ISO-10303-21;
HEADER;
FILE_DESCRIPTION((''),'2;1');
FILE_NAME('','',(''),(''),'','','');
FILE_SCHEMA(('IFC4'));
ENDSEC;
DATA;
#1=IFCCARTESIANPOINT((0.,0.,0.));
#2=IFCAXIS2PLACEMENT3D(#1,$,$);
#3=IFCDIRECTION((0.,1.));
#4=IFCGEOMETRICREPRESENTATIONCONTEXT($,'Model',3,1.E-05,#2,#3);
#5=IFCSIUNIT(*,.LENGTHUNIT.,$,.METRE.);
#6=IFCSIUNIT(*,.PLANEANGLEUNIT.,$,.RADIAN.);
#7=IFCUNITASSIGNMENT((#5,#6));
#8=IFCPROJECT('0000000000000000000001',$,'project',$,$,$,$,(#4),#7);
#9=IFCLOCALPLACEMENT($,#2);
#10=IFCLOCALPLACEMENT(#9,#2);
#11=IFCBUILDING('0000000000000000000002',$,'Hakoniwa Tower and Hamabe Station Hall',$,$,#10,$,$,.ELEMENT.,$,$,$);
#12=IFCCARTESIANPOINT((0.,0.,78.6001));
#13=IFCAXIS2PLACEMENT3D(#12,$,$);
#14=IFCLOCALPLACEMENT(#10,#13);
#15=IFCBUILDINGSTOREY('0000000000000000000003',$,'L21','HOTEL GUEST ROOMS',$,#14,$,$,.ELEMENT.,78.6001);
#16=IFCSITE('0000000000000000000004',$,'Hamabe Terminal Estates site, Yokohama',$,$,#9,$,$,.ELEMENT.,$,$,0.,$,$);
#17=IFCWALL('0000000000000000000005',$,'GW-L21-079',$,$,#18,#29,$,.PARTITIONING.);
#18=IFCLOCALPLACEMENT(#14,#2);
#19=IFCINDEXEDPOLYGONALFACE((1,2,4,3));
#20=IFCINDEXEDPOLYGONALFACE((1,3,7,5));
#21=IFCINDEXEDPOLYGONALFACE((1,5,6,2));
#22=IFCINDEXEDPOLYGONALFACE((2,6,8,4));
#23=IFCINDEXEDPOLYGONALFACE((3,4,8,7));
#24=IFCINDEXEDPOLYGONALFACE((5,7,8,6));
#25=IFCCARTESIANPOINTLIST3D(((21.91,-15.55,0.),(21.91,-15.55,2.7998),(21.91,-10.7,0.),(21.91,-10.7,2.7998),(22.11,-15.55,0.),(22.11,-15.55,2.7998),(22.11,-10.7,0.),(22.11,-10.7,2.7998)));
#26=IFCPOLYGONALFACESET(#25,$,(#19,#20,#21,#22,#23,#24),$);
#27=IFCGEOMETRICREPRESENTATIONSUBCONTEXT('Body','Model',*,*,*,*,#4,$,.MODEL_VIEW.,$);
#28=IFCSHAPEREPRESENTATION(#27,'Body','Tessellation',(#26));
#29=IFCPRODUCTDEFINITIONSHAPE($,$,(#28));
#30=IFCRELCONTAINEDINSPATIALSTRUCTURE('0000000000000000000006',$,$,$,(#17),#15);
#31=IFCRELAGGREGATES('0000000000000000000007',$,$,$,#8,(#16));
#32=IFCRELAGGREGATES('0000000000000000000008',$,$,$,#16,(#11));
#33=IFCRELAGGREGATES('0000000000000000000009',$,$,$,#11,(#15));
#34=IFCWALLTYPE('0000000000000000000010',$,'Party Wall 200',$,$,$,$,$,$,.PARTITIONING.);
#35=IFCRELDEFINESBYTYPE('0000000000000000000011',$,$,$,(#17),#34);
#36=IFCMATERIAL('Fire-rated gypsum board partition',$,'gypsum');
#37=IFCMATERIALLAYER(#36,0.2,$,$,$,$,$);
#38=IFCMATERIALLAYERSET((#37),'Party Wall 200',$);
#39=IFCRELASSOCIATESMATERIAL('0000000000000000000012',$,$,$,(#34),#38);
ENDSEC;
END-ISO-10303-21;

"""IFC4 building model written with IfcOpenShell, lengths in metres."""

from ifc_helpers import new_model, si_unit, direction, frame, frame_2d, origin, place, context, subcontext, project, spatial, rectangle, extrude, material, layer, layer_set, type_object, element, save


model = new_model("IFC4")

# Units and contexts
model_context = context("Model", 3, precision=1e-05, world=origin(), true_north=direction((0.0, 1.0)))
body_context = subcontext(model_context, "Body", "Model", "MODEL_VIEW")
ifc_project = project(units=[si_unit("LENGTHUNIT", "METRE"), si_unit("PLANEANGLEUNIT", "RADIAN")], contexts=[model_context])

# Site, building, storey
site_placement = place(None, origin())
site = spatial("IfcSite", under=ifc_project, at=site_placement, Name="Hamabe Terminal Estates site, Yokohama", CompositionType="ELEMENT", RefElevation=0.0)
building_placement = place(site_placement, origin())
building = spatial("IfcBuilding", under=site, at=building_placement, Name="Hakoniwa Tower and Hamabe Station Hall", CompositionType="ELEMENT")
storey_placement = place(building_placement, frame((0.0, 0.0, 78.6001)))
storey = spatial("IfcBuildingStorey", under=building, at=storey_placement, Name="L21", Description="HOTEL GUEST ROOMS", CompositionType="ELEMENT", Elevation=78.6001)

# Wall
ifc_material_1 = material(Name="Fire-rated gypsum board partition", Category="gypsum")
ifc_layer_1 = layer(ifc_material_1, 0.2)
ifc_layer_set_1 = layer_set([ifc_layer_1], Name="Party Wall 200")
wall_type_1 = type_object("IfcWallType", Name="Party Wall 200", PredefinedType="PARTITIONING", material=ifc_layer_set_1)
wall_1_placement = place(storey_placement, frame((22.01, -15.55, 0.0), z_axis=(0.0, 0.0, 1.0), x_axis=(0.0, 1.0, 0.0)))
element("IfcWall", 1, at=wall_1_placement, inside=storey, type_object=wall_type_1, Name="GW-L21-079", PredefinedType="PARTITIONING", context=body_context, shape_type="SweptSolid", body=[
    extrude(rectangle(XDim=4.8501, YDim=0.2, at=frame_2d((2.425, 0.0))), origin(), (0.0, 0.0, 1.0), 2.7998),
])

save(model, "model.ifc")
